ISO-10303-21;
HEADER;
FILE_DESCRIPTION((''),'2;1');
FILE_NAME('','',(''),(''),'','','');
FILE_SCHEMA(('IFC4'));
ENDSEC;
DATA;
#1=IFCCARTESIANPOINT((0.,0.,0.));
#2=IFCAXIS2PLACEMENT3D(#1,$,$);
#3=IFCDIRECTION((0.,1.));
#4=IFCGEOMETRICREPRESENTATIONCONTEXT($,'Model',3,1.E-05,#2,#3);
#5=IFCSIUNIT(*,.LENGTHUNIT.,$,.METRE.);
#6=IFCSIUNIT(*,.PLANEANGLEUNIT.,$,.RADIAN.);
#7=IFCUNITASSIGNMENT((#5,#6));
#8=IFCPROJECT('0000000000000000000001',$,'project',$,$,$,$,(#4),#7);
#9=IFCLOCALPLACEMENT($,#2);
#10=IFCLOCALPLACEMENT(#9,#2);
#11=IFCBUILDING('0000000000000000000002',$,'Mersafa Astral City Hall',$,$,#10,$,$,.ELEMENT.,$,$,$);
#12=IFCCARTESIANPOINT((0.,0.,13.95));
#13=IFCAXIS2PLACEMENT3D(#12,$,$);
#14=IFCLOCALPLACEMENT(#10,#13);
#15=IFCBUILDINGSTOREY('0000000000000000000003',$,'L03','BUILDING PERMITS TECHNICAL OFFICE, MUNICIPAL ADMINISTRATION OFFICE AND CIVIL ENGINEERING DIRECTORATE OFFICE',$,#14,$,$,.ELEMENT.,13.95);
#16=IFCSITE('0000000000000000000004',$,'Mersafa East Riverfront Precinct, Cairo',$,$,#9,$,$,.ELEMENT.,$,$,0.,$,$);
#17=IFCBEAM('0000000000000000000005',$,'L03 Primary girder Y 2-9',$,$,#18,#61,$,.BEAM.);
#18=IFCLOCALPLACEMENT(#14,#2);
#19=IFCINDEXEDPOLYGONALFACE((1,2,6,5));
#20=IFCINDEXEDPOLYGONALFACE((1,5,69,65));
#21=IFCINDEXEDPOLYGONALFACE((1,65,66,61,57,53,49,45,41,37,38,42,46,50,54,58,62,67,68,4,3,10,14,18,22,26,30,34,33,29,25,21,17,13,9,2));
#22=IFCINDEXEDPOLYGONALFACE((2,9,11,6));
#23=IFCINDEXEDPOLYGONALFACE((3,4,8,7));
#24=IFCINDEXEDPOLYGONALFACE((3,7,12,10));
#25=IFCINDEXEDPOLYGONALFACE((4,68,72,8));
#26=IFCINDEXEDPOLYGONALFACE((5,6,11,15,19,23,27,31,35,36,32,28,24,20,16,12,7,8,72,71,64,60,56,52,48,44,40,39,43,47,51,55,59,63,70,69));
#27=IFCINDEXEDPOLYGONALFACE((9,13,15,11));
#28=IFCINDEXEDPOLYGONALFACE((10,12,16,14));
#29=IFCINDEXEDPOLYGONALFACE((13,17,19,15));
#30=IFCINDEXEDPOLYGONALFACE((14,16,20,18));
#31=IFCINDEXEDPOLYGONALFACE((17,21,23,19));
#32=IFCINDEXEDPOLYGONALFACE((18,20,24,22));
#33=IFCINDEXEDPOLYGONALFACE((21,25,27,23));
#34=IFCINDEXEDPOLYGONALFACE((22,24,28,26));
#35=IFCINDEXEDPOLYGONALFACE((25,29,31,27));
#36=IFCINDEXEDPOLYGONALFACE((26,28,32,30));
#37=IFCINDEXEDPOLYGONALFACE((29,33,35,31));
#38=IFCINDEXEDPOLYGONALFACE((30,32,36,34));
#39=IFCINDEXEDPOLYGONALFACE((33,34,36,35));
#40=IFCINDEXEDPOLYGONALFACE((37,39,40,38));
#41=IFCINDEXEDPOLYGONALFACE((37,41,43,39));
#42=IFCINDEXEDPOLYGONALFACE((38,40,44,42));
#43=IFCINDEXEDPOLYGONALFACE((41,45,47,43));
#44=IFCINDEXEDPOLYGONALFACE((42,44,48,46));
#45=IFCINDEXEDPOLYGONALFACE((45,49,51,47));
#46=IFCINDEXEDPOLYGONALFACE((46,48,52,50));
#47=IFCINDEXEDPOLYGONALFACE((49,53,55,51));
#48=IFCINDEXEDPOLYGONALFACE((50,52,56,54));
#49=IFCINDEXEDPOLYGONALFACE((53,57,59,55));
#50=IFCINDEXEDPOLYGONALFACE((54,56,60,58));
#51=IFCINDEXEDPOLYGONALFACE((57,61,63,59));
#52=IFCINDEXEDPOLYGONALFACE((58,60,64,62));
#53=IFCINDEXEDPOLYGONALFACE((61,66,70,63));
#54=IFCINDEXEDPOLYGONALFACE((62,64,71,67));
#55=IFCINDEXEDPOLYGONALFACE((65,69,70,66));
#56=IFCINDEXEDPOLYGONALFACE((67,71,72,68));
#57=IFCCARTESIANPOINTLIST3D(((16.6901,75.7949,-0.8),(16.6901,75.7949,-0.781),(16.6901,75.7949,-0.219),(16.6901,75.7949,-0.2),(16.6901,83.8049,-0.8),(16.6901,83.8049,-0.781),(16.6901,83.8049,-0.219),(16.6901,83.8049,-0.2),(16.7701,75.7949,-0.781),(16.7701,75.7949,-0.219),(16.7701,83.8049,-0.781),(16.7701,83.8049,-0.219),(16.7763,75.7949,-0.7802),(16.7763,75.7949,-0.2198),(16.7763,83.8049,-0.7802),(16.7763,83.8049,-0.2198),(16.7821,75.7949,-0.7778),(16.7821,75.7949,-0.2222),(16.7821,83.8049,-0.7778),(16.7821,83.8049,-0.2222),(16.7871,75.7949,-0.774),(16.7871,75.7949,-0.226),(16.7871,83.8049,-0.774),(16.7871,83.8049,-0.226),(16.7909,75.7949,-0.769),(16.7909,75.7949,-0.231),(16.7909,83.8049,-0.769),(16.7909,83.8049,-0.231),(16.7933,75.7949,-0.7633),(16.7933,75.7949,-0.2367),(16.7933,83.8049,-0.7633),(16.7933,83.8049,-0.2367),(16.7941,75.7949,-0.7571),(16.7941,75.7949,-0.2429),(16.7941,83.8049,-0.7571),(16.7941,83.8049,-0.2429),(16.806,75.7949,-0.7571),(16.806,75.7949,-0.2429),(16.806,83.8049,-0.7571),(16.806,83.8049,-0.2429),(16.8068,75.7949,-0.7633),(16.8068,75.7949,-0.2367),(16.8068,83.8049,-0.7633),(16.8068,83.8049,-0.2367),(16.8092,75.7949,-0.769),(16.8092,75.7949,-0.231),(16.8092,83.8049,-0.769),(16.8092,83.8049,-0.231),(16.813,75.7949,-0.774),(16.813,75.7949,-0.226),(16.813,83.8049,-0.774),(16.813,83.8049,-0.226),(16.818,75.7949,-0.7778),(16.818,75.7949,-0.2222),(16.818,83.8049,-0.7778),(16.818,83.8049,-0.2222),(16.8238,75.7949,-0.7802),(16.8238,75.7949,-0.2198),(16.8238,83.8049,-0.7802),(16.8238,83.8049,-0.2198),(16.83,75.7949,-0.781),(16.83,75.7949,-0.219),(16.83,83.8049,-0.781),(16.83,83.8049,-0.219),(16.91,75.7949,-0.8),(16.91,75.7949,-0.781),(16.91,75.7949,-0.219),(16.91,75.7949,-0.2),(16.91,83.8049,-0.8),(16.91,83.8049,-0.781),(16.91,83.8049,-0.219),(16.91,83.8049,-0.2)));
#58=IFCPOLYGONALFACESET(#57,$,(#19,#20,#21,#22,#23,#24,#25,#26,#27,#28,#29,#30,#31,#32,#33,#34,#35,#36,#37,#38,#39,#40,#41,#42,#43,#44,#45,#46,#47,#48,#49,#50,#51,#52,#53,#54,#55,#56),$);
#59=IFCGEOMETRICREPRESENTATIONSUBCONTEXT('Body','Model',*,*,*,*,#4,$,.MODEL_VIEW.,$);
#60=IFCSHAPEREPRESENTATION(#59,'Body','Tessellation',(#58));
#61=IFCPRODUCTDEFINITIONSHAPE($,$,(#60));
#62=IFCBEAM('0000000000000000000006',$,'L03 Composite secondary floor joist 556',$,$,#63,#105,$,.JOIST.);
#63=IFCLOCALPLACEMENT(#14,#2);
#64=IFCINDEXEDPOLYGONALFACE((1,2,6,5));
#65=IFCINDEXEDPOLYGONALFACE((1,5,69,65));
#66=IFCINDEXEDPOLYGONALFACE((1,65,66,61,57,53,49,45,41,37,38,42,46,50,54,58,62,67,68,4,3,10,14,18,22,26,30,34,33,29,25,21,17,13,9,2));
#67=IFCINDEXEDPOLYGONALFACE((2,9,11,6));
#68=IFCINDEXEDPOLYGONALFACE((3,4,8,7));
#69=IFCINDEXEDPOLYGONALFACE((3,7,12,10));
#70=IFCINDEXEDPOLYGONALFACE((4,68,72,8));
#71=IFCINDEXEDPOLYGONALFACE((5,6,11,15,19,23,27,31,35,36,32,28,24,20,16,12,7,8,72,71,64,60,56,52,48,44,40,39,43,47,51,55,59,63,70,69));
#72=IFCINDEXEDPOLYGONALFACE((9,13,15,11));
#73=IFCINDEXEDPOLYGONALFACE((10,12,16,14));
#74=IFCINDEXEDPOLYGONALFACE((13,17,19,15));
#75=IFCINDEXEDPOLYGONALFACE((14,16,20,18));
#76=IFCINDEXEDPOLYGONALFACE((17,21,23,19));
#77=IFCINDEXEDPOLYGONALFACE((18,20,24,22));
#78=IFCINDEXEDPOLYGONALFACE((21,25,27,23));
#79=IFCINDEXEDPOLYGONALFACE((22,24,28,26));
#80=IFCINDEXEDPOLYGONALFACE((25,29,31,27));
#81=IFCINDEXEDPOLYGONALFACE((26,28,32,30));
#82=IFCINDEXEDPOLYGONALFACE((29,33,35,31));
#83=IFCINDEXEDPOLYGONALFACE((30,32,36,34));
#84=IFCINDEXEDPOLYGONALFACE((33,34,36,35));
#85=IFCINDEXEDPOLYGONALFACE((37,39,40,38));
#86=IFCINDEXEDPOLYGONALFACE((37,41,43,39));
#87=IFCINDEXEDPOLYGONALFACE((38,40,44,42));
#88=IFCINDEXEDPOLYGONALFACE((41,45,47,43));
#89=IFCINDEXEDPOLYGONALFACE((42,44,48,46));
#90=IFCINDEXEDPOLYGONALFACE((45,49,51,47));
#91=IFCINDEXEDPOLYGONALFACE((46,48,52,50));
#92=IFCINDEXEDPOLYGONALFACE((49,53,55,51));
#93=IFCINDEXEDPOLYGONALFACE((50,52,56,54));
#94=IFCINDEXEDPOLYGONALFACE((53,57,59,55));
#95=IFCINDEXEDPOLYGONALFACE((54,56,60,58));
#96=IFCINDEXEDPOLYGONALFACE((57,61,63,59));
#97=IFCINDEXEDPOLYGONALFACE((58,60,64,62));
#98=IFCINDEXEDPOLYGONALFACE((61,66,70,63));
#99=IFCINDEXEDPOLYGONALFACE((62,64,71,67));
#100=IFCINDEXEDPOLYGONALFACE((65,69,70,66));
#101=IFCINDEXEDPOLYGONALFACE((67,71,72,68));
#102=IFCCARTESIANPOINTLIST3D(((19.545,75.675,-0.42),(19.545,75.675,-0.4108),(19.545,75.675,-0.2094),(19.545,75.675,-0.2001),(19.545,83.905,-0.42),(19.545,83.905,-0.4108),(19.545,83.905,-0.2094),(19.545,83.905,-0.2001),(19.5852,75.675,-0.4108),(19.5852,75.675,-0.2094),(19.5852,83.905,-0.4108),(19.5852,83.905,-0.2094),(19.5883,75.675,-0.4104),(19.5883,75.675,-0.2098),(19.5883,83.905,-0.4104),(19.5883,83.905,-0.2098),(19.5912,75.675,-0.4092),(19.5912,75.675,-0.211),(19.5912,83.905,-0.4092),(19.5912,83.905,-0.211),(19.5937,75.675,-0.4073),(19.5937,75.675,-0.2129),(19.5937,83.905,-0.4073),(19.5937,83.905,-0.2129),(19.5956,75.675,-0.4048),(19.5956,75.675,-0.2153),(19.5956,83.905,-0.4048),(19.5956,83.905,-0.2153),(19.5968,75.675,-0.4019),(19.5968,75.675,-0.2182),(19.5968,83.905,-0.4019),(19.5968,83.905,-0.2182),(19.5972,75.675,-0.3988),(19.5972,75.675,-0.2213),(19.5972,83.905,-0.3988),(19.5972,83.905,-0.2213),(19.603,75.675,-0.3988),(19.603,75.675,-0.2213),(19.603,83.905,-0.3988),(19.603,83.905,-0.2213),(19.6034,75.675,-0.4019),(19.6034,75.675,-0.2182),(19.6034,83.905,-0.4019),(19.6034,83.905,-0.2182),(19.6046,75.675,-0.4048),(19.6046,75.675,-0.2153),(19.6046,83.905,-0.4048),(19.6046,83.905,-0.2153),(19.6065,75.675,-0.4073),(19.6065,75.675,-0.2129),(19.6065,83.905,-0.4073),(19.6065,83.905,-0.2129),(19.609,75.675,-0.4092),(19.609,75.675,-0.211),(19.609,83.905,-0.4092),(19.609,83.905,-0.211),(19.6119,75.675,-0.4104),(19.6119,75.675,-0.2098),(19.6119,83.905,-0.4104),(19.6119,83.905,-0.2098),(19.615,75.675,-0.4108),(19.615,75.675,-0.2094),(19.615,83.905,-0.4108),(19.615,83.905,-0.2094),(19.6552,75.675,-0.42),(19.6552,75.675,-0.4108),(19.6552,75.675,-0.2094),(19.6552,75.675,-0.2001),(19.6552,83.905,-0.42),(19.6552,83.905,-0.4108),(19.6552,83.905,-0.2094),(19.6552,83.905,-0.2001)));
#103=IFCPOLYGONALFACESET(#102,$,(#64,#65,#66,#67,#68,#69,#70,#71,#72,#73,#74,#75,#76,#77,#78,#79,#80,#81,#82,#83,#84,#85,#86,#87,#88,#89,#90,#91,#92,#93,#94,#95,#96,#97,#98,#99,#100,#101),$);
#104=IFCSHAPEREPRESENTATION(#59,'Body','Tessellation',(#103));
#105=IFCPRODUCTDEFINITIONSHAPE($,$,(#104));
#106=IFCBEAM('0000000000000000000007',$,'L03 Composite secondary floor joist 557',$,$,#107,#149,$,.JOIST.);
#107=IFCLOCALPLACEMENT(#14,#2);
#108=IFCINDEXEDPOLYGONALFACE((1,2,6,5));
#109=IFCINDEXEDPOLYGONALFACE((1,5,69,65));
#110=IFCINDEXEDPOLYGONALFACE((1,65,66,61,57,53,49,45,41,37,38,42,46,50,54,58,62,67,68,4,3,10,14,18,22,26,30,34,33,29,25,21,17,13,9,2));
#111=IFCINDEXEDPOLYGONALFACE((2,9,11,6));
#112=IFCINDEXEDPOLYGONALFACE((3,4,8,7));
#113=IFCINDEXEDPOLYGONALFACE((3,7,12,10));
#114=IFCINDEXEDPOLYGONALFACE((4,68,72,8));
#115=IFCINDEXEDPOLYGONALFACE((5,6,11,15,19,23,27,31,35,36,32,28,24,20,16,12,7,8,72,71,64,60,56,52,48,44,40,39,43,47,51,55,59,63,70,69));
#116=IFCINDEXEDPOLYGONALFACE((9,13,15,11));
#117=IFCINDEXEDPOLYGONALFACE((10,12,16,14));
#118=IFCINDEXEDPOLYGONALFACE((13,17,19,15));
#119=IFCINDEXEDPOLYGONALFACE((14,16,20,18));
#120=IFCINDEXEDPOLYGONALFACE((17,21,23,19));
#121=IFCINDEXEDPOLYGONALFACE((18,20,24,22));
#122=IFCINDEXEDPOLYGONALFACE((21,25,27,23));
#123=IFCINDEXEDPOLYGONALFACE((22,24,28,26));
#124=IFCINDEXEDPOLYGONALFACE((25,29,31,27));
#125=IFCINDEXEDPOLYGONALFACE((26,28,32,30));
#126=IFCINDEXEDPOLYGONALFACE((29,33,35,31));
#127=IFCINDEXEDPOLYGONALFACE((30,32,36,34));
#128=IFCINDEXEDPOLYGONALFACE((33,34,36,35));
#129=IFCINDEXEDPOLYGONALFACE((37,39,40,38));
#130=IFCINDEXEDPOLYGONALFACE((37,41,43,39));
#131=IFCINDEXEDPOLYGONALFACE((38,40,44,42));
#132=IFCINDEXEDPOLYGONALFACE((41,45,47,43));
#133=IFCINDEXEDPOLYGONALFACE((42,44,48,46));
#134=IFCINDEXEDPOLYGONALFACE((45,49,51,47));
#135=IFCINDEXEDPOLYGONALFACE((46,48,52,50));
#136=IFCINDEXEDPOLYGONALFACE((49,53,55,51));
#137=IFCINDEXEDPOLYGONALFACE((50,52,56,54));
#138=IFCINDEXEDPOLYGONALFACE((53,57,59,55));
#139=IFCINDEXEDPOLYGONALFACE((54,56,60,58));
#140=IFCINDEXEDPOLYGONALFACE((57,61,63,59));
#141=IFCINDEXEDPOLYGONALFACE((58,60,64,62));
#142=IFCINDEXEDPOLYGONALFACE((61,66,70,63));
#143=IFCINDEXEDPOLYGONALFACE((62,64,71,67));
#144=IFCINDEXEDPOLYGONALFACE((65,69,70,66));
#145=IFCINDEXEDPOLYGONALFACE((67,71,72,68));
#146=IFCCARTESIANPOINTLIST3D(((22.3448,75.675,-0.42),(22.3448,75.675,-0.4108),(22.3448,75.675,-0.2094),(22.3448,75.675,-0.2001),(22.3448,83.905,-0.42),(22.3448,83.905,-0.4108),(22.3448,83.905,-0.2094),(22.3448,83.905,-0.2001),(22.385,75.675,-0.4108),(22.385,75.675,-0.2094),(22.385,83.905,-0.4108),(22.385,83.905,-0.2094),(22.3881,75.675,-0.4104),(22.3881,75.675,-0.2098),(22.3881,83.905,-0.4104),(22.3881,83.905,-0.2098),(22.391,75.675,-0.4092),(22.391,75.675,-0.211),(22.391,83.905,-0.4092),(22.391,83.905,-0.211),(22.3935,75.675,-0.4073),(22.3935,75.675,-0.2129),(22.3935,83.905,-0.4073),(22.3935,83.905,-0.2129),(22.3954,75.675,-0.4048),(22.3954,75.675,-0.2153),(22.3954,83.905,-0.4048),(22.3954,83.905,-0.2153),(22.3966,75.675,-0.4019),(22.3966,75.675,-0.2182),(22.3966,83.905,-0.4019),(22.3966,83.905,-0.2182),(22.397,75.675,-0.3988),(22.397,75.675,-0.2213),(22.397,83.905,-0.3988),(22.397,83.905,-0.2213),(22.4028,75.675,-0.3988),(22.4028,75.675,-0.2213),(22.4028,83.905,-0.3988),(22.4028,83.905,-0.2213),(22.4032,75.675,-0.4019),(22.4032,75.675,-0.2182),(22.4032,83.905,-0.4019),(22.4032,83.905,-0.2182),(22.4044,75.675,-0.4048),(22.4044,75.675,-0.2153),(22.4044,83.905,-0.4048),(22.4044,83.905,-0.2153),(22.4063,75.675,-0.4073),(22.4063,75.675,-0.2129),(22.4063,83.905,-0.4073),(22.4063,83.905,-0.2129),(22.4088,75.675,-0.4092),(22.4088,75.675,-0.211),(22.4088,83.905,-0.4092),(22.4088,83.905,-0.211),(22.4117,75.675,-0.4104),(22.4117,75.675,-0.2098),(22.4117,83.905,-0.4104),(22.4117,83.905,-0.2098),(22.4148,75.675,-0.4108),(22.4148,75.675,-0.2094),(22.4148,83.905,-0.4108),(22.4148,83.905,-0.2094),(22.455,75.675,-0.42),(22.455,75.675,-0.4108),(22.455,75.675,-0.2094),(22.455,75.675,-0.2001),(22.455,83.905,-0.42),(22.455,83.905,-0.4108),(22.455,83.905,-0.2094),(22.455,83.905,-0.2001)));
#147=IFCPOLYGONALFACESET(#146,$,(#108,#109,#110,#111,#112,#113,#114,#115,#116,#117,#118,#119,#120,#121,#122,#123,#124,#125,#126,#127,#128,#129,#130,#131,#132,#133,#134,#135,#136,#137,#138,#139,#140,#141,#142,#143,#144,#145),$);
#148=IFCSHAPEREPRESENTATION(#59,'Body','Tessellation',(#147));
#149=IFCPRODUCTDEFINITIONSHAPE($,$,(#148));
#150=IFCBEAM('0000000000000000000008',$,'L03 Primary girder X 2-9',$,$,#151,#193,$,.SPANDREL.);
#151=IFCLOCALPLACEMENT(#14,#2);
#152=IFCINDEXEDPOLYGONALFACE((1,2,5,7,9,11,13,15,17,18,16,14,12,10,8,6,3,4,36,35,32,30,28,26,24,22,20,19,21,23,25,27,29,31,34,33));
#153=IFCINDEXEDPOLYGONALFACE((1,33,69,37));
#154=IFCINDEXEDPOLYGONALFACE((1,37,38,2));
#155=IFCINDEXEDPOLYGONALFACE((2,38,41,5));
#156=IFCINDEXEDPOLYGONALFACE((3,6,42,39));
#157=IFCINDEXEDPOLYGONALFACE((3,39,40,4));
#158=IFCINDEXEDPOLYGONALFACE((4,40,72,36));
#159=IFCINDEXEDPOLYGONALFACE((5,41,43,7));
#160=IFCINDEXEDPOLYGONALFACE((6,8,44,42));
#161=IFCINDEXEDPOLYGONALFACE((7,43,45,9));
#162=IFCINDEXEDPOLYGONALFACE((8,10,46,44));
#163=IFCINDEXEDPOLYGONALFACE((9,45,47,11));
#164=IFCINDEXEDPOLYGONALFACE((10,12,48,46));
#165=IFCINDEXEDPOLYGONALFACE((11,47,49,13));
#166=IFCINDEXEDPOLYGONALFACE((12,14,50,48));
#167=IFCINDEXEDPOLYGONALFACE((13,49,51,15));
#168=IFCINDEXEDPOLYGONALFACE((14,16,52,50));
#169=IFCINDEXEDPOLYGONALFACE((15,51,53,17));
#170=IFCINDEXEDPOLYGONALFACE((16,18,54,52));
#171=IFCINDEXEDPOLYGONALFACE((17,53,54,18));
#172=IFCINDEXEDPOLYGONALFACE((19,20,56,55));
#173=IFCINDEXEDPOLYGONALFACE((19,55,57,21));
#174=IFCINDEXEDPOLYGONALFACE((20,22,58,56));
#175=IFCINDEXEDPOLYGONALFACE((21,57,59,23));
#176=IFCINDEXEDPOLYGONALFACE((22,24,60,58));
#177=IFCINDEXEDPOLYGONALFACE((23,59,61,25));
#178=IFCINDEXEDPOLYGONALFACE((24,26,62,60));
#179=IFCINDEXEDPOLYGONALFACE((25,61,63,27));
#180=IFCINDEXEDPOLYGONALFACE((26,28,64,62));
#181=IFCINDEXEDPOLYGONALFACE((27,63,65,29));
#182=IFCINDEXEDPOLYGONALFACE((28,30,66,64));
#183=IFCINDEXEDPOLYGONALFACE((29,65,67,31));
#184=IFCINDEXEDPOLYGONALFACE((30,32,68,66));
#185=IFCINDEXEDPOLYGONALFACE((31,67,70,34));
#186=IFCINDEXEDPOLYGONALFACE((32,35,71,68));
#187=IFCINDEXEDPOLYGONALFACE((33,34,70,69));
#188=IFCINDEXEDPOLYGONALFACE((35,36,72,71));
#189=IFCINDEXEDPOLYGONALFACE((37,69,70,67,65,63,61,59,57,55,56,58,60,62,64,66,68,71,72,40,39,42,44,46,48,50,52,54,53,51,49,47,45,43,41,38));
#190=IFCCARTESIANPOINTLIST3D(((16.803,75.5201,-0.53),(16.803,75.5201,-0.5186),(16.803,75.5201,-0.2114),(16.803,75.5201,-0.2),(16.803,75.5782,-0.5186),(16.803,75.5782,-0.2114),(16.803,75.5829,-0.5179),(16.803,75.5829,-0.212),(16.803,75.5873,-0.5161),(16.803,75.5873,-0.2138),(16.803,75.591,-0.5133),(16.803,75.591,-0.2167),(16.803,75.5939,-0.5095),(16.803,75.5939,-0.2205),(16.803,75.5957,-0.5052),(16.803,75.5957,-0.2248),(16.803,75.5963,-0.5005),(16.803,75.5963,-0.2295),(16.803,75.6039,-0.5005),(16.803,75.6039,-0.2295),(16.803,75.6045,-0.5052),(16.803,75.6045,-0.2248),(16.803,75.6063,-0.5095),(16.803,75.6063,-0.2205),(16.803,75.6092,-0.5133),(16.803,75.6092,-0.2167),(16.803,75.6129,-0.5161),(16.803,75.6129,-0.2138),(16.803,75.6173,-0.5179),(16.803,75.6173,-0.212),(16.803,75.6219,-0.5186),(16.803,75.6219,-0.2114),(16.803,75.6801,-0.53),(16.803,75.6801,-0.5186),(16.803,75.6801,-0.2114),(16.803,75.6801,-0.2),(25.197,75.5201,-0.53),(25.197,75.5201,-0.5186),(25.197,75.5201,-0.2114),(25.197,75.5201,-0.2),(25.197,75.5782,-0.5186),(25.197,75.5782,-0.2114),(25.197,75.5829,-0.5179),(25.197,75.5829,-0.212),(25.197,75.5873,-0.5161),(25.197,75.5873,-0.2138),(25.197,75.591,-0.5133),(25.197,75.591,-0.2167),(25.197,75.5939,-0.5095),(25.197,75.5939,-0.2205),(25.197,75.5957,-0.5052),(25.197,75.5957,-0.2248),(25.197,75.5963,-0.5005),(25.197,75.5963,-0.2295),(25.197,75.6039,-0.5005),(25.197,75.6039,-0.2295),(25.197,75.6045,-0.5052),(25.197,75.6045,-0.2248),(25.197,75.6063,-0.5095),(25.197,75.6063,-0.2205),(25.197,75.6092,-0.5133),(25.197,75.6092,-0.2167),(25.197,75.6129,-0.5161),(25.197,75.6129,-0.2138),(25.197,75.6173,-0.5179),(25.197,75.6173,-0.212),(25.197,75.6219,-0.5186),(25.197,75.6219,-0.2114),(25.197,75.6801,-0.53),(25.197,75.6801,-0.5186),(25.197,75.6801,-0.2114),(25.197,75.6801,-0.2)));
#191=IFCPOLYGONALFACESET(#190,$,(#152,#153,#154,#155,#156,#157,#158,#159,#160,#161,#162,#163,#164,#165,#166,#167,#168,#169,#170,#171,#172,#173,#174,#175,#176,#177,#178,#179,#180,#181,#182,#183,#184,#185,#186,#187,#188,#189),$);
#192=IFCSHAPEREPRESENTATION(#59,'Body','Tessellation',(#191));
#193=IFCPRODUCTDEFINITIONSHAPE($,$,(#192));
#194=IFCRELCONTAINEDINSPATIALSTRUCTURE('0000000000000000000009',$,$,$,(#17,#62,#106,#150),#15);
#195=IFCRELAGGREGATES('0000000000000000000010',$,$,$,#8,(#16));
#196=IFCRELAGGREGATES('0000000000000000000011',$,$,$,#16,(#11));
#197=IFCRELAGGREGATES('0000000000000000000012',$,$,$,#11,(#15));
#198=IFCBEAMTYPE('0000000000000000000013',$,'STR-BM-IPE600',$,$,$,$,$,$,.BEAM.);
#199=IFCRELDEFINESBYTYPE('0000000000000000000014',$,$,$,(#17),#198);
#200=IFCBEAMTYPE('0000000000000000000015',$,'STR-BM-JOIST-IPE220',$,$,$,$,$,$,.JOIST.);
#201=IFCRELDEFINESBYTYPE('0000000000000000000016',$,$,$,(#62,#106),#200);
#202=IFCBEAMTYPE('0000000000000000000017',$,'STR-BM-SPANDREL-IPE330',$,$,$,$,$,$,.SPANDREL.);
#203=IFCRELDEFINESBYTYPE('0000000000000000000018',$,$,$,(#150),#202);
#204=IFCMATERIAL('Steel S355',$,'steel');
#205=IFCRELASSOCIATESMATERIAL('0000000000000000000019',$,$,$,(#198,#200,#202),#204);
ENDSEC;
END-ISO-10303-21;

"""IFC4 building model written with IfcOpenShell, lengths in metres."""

from ifc_helpers import new_model, si_unit, direction, frame, origin, origin_2d, place, context, subcontext, project, spatial, i_section, extrude, material, material_profile, profile_set, type_object, element, save


model = new_model("IFC4")

# Units and contexts
model_context = context("Model", 3, precision=1e-05, world=origin(), true_north=direction((0.0, 1.0)))
body_context = subcontext(model_context, "Body", "Model", "MODEL_VIEW")
ifc_project = project(units=[si_unit("LENGTHUNIT", "METRE"), si_unit("PLANEANGLEUNIT", "RADIAN")], contexts=[model_context])

# Site, building, storey
site_placement = place(None, origin())
site = spatial("IfcSite", under=ifc_project, at=site_placement, Name="Mersafa East Riverfront Precinct, Cairo", CompositionType="ELEMENT", RefElevation=0.0)
building_placement = place(site_placement, origin())
building = spatial("IfcBuilding", under=site, at=building_placement, Name="Mersafa Astral City Hall", CompositionType="ELEMENT")
storey_placement = place(building_placement, frame((0.0, 0.0, 13.95)))
storey = spatial("IfcBuildingStorey", under=building, at=storey_placement, Name="L03", Description="BUILDING PERMITS TECHNICAL OFFICE, MUNICIPAL ADMINISTRATION OFFICE AND CIVIL ENGINEERING DIRECTORATE OFFICE", CompositionType="ELEMENT", Elevation=13.95)

# Shared definitions
ifc_material_1 = material(Name="Steel S355", Category="steel")

# Beams
ifc_material_profile_1 = material_profile(ifc_material_1, i_section(OverallWidth=0.22, OverallDepth=0.6001, WebThickness=0.012, FlangeThickness=0.019, FilletRadius=0.0239, at=origin_2d()), Name="IPE 600")
ifc_profile_set_1 = profile_set([ifc_material_profile_1], Name="Steel S355")
beam_type_1 = type_object("IfcBeamType", Name="STR-BM-IPE600", PredefinedType="BEAM", material=ifc_profile_set_1)
beam_1_placement = place(storey_placement, frame((16.8, 75.7949, -0.5), z_axis=(0.0, 1.0, 0.0), x_axis=(-1.0, 0.0, 0.0)))
element("IfcBeam", 1, at=beam_1_placement, inside=storey, type_object=beam_type_1, Name="L03 Primary girder Y 2-9", PredefinedType="BEAM", context=body_context, shape_type="SweptSolid", body=[
    extrude(i_section(OverallWidth=0.22, OverallDepth=0.6001, WebThickness=0.012, FlangeThickness=0.019, FilletRadius=0.0239, at=origin_2d()), origin(), (0.0, 0.0, 1.0), 8.01),
])
ifc_material_profile_2 = material_profile(ifc_material_1, i_section(OverallWidth=0.1101, OverallDepth=0.22, WebThickness=0.0059, FlangeThickness=0.0093, FilletRadius=0.012, at=origin_2d()), Name="IPE 220")
ifc_profile_set_2 = profile_set([ifc_material_profile_2], Name="Steel S355")
beam_type_2 = type_object("IfcBeamType", Name="STR-BM-JOIST-IPE220", PredefinedType="JOIST", material=ifc_profile_set_2)
for number, where, z_axis, x_axis, name in (
    (2, (19.6001, 75.675, -0.3101), (0.0, 1.0, 0.0), (-1.0, 0.0, 0.0), "L03 Composite secondary floor joist 556"),
    (3, (22.3999, 75.675, -0.3101), (0.0, 1.0, 0.0), (-1.0, 0.0, 0.0), "L03 Composite secondary floor joist 557"),
):
    element("IfcBeam", number, at=place(storey_placement, frame(where, z_axis=z_axis, x_axis=x_axis)), inside=storey, type_object=beam_type_2, Name=name, PredefinedType="JOIST", context=body_context, shape_type="SweptSolid", body=[
        extrude(i_section(OverallWidth=0.1101, OverallDepth=0.22, WebThickness=0.0059, FlangeThickness=0.0093, FilletRadius=0.012, at=origin_2d()), origin(), (0.0, 0.0, 1.0), 8.23),
    ])
ifc_material_profile_3 = material_profile(ifc_material_1, i_section(OverallWidth=0.1599, OverallDepth=0.3301, WebThickness=0.0076, FlangeThickness=0.0115, FilletRadius=0.0181, at=origin_2d()), Name="IPE 330")
ifc_profile_set_3 = profile_set([ifc_material_profile_3], Name="Steel S355")
beam_type_3 = type_object("IfcBeamType", Name="STR-BM-SPANDREL-IPE330", PredefinedType="SPANDREL", material=ifc_profile_set_3)
beam_2_placement = place(storey_placement, frame((16.803, 75.6001, -0.365), z_axis=(1.0, 0.0, 0.0), x_axis=(0.0, 1.0, 0.0)))
element("IfcBeam", 4, at=beam_2_placement, inside=storey, type_object=beam_type_3, Name="L03 Primary girder X 2-9", PredefinedType="SPANDREL", context=body_context, shape_type="SweptSolid", body=[
    extrude(i_section(OverallWidth=0.1599, OverallDepth=0.3301, WebThickness=0.0076, FlangeThickness=0.0115, FilletRadius=0.0181, at=origin_2d()), origin(), (0.0, 0.0, 1.0), 8.394),
])

save(model, "model.ifc")
